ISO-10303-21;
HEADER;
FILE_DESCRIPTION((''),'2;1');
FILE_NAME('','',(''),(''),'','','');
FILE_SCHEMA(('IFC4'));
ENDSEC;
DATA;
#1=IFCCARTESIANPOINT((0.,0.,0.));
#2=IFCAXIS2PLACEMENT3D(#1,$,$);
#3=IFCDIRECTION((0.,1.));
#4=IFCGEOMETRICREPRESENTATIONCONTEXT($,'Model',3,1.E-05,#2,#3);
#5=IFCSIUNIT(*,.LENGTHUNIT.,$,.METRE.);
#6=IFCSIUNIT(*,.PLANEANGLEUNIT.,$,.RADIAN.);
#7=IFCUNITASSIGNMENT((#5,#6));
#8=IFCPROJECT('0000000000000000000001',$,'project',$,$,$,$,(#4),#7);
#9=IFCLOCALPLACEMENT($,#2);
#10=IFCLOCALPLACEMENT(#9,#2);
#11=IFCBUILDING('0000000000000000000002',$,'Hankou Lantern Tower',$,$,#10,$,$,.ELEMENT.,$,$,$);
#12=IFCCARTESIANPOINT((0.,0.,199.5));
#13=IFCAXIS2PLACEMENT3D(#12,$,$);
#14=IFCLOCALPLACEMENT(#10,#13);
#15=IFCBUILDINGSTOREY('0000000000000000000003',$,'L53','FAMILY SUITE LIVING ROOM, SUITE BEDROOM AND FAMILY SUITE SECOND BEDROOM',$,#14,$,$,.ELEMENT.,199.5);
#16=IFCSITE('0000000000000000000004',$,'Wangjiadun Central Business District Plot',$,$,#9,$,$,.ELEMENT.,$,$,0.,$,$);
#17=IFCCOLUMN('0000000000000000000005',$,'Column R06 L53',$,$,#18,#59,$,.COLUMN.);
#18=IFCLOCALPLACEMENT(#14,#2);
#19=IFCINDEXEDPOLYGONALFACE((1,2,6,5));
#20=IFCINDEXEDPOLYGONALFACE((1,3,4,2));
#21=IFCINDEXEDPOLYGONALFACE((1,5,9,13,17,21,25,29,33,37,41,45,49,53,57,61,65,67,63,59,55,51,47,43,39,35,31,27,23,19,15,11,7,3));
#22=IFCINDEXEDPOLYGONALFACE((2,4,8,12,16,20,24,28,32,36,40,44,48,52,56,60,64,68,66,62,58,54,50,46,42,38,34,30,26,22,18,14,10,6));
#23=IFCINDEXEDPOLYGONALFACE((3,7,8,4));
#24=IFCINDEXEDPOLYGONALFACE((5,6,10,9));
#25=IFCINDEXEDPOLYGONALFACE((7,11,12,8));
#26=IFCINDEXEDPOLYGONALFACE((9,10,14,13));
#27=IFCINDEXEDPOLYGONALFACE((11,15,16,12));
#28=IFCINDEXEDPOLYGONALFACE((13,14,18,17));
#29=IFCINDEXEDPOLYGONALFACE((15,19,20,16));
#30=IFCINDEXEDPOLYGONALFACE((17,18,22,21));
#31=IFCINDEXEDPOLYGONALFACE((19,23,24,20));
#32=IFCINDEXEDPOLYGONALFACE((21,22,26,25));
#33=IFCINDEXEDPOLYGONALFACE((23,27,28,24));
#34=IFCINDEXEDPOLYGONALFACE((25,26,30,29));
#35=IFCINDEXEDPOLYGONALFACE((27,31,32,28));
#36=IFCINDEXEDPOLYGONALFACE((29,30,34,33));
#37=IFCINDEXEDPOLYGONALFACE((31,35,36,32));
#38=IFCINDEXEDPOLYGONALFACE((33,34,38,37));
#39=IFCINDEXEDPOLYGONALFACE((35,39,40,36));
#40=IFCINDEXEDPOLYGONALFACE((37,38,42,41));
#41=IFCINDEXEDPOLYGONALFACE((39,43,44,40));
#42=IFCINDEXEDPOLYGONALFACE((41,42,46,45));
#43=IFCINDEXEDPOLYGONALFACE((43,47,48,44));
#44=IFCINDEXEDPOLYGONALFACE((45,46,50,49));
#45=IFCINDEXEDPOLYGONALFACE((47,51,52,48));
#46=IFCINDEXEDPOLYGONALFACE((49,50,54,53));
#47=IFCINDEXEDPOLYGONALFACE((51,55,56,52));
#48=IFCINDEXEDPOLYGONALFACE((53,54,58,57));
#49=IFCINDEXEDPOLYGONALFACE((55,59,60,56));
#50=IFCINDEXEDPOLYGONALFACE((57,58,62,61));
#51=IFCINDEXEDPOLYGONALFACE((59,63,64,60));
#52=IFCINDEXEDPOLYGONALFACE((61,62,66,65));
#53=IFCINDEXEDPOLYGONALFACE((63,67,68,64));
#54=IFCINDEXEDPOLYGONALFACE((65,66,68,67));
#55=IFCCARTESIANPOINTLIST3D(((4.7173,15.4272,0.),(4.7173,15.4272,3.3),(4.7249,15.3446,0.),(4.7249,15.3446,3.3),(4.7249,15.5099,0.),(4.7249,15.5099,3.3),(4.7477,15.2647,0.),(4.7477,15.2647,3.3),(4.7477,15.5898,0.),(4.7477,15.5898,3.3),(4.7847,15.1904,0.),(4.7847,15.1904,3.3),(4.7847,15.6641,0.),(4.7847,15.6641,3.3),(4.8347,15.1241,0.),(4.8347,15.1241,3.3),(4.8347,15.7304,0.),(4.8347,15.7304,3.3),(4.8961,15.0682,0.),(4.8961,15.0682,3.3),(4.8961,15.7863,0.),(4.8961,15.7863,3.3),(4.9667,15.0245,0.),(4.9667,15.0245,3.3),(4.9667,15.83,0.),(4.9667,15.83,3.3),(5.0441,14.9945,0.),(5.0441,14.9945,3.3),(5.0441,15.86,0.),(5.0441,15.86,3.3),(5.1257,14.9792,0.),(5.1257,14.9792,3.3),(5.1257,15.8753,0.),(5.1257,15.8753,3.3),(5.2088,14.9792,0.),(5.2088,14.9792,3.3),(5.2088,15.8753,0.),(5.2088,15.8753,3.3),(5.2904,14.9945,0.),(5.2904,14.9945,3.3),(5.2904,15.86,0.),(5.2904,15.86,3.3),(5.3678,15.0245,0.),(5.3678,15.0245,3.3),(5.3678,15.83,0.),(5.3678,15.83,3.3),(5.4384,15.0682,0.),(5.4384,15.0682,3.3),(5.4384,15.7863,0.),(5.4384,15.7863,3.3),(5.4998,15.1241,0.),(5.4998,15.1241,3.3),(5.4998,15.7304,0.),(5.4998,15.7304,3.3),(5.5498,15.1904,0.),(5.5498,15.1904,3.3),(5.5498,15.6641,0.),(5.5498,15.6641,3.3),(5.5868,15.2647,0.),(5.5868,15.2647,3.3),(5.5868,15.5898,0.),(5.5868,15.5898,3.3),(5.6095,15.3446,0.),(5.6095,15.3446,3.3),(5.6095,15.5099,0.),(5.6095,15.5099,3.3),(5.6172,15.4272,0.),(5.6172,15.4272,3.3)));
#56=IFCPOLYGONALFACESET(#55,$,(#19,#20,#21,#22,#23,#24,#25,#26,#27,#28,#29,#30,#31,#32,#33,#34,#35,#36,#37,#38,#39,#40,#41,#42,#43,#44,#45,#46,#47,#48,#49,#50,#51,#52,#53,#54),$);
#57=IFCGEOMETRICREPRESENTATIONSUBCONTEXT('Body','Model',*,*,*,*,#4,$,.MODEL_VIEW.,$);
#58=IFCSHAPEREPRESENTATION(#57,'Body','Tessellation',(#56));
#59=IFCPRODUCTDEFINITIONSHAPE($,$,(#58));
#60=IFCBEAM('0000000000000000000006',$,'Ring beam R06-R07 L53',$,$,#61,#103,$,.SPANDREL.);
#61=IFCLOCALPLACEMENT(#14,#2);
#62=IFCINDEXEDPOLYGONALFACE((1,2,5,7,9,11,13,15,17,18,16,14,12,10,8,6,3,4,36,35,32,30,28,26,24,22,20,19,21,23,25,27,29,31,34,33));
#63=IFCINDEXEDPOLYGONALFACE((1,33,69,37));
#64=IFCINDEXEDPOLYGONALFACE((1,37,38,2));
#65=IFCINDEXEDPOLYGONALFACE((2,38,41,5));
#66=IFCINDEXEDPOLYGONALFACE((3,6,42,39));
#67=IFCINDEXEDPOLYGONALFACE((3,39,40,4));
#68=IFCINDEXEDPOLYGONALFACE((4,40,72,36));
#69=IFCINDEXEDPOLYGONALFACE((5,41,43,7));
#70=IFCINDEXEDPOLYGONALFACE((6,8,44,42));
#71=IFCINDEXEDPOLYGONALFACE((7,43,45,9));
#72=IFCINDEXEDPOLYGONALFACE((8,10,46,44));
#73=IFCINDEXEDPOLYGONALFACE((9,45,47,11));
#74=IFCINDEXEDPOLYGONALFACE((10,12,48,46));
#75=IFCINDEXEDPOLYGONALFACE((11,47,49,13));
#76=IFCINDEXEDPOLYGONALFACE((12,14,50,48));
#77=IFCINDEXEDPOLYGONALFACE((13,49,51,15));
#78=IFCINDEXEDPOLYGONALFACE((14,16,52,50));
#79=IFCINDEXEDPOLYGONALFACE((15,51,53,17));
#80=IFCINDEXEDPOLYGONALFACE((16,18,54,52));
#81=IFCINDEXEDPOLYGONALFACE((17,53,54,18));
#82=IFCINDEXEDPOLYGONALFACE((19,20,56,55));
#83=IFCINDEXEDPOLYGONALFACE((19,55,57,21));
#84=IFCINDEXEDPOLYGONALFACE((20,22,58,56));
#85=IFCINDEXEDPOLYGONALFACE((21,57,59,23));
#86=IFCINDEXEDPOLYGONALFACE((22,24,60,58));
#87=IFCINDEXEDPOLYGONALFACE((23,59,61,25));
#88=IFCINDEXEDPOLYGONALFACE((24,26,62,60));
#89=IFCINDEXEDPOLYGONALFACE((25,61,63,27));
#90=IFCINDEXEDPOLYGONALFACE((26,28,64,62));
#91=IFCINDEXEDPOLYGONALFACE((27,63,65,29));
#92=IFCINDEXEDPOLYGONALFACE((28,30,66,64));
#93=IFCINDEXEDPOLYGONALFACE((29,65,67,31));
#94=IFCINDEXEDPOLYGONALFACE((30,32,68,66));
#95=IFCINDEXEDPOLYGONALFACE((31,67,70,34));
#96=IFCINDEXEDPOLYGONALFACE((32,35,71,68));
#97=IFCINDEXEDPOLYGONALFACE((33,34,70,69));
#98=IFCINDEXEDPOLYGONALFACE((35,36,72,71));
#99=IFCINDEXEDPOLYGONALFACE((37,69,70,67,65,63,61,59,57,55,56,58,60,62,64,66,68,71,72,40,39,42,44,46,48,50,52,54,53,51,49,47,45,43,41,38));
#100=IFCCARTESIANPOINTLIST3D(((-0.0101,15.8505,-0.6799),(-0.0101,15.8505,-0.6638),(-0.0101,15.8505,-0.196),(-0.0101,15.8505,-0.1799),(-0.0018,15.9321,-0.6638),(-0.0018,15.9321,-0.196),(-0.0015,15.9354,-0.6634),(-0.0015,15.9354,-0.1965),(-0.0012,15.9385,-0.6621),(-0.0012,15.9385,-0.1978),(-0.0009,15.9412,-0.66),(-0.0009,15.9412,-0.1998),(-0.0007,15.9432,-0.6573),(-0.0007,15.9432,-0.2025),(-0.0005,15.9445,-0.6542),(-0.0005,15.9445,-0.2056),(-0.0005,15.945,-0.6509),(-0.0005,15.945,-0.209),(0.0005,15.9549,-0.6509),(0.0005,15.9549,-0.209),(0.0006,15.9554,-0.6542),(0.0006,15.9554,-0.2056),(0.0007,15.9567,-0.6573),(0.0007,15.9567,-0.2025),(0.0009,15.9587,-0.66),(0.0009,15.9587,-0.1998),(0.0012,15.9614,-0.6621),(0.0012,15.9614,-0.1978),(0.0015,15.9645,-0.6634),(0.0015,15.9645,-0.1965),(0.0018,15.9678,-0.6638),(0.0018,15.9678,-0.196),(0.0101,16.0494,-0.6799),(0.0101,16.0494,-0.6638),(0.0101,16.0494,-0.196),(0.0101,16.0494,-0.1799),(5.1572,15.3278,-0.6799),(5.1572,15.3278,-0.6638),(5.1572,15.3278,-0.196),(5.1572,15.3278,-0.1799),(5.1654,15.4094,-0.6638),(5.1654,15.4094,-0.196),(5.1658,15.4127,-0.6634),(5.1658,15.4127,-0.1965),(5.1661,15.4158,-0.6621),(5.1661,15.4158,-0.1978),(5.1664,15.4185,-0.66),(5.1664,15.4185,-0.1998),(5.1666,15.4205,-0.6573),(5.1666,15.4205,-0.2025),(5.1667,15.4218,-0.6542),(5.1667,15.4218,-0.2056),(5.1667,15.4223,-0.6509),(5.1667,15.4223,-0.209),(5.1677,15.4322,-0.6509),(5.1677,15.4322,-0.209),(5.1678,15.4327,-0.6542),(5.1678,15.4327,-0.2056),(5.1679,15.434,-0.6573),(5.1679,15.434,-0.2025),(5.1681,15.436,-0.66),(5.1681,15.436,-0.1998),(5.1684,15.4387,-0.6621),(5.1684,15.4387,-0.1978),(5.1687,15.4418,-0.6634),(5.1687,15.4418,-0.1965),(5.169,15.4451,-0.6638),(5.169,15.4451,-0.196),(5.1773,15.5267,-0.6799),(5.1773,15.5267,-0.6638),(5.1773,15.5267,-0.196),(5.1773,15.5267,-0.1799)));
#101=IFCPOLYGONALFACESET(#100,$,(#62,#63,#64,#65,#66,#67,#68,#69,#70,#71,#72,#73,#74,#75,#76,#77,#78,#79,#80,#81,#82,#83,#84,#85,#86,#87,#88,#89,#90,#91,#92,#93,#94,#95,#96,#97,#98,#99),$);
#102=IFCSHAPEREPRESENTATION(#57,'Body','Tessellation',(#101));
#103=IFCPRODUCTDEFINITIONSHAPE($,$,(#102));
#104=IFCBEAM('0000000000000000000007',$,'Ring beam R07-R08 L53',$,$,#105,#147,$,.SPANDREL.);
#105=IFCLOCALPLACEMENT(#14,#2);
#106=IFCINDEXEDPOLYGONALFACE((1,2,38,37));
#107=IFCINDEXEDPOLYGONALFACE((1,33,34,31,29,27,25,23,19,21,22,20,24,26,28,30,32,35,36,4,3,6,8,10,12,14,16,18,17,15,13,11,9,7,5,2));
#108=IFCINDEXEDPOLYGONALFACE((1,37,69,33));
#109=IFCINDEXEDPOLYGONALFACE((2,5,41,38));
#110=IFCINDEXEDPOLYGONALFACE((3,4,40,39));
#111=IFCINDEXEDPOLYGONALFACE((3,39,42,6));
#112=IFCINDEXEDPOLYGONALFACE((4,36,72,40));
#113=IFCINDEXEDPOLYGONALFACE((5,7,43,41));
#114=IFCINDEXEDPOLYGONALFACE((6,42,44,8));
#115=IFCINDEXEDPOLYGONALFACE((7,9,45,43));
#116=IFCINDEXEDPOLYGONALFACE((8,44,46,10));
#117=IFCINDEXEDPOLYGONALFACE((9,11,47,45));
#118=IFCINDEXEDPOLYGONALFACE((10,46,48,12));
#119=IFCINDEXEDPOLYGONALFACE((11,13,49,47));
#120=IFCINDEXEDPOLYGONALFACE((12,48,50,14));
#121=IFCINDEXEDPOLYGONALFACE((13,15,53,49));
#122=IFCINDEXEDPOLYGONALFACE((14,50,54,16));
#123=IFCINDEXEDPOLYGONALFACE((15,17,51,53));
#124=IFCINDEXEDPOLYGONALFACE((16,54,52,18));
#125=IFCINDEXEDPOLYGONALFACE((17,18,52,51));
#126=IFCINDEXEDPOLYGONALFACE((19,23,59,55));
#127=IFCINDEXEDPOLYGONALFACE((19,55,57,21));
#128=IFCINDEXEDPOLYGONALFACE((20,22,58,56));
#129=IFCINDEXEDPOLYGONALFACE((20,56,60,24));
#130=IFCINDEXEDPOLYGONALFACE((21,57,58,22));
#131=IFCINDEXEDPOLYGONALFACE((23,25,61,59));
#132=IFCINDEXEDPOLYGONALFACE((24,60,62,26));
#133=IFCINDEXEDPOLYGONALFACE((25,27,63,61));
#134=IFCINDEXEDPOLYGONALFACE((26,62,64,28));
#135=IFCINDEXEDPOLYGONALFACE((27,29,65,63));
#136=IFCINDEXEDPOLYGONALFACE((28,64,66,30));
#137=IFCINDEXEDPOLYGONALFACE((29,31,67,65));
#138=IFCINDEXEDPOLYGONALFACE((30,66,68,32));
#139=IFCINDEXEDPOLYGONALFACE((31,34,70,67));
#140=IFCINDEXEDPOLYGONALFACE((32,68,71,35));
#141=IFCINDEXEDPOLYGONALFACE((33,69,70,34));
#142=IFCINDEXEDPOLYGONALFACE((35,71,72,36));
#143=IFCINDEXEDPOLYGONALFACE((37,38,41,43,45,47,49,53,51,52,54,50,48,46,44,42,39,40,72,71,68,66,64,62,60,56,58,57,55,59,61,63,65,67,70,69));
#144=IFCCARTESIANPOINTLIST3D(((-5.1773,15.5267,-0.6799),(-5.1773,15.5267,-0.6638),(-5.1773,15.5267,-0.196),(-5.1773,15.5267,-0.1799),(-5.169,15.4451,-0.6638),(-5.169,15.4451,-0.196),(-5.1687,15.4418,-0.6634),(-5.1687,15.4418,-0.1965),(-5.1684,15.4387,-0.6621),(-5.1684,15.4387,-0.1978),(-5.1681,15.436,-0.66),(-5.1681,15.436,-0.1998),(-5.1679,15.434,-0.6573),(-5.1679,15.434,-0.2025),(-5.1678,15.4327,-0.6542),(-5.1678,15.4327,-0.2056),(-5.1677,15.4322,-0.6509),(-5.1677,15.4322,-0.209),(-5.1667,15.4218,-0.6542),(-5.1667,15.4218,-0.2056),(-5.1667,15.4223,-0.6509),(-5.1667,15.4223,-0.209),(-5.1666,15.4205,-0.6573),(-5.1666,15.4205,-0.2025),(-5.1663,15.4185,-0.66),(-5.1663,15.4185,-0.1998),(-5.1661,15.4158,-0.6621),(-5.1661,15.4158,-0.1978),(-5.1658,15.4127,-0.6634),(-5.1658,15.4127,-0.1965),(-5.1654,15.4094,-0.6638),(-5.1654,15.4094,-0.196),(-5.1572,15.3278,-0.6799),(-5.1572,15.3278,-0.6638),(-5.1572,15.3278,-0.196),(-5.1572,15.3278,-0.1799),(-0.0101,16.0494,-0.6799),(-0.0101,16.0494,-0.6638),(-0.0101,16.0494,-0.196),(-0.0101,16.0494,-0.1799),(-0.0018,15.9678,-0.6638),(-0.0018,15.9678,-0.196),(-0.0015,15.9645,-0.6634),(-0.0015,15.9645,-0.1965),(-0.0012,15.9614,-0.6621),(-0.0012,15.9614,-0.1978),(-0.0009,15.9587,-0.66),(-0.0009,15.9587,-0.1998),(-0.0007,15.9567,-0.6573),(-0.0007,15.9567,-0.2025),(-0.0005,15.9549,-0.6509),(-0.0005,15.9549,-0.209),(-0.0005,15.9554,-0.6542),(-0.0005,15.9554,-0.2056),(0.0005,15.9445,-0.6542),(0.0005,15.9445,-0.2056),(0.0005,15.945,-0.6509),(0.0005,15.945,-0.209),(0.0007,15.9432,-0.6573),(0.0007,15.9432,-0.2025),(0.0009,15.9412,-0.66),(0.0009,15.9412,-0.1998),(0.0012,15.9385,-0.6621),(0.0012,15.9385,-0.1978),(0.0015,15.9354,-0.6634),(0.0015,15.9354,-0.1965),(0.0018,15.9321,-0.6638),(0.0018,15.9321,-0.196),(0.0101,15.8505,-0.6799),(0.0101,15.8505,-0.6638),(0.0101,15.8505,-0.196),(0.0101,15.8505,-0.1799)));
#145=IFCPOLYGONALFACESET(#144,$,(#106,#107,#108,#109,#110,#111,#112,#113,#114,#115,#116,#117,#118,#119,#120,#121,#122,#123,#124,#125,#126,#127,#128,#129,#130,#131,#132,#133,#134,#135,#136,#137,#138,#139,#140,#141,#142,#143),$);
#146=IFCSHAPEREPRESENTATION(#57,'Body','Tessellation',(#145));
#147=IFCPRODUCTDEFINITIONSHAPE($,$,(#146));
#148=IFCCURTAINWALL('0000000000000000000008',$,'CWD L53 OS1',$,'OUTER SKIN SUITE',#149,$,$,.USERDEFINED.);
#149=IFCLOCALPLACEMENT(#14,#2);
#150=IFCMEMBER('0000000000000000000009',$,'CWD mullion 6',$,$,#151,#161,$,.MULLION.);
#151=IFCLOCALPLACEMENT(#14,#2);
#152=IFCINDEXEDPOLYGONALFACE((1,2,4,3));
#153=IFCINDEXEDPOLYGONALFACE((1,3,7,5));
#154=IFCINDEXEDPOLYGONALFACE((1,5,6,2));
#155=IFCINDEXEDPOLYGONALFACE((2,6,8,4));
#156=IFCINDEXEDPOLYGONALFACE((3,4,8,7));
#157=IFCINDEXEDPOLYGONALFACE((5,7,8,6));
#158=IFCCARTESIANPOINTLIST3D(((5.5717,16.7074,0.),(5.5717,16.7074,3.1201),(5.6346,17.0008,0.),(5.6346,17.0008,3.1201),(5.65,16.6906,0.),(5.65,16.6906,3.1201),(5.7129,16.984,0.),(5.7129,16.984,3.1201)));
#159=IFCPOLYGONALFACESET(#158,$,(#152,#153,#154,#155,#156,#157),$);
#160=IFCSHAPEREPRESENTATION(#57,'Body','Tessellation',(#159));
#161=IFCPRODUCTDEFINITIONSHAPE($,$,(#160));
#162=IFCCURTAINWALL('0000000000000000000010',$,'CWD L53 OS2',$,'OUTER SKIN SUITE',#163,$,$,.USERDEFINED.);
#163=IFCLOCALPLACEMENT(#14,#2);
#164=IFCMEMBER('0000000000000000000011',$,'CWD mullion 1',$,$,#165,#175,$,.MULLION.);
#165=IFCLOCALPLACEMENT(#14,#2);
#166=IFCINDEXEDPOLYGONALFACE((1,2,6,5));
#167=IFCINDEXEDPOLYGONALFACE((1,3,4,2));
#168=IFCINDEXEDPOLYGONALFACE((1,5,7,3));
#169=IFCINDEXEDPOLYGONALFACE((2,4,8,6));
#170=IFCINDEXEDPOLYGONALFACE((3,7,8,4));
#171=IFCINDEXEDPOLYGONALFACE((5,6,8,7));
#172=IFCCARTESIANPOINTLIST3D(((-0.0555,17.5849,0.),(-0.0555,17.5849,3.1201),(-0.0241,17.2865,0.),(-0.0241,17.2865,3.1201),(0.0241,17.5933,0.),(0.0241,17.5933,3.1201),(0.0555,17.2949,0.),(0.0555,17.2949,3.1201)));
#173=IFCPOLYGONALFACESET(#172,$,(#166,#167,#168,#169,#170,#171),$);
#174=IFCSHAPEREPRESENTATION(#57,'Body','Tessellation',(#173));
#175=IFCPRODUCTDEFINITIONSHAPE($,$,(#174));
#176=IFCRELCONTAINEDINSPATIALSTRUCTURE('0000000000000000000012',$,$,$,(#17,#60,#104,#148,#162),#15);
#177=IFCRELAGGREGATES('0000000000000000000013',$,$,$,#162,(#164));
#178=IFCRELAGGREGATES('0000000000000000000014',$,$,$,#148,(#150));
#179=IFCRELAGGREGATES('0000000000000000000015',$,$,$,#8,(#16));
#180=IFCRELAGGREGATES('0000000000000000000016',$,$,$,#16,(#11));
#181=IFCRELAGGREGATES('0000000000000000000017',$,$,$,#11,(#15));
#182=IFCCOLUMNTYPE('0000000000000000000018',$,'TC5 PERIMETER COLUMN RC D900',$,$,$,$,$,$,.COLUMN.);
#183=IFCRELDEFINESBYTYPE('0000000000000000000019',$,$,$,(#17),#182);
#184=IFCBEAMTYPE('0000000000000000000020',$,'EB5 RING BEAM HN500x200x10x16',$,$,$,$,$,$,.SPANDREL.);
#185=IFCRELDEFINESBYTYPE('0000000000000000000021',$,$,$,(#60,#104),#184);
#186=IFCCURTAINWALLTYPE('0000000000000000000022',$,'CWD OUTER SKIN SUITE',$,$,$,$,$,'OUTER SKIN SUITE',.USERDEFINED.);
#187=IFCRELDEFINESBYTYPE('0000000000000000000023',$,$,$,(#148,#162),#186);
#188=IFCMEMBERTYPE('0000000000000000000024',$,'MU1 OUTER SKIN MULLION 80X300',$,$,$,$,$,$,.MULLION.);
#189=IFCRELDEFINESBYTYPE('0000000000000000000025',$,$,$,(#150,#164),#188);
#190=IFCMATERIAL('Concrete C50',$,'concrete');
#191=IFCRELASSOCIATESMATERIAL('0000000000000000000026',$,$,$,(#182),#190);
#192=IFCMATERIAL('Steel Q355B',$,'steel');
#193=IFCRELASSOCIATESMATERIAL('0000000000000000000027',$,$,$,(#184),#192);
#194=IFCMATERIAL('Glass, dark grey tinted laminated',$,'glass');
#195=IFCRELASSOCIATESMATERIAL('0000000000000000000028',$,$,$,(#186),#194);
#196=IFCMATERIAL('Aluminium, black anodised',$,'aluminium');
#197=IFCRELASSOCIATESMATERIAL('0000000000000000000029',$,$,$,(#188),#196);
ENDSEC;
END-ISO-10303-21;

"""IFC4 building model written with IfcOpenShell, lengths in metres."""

from ifc_helpers import new_model, si_unit, direction, frame, origin, origin_2d, place, context, subcontext, project, spatial, rectangle, circle, i_section, extrude, material, material_profile, profile_set, type_object, element, aggregate, save


model = new_model("IFC4")

# Units and contexts
model_context = context("Model", 3, precision=1e-05, world=origin(), true_north=direction((0.0, 1.0)))
body_context = subcontext(model_context, "Body", "Model", "MODEL_VIEW")
ifc_project = project(units=[si_unit("LENGTHUNIT", "METRE"), si_unit("PLANEANGLEUNIT", "RADIAN")], contexts=[model_context])

# Site, building, storey
site_placement = place(None, origin())
site = spatial("IfcSite", under=ifc_project, at=site_placement, Name="Wangjiadun Central Business District Plot", CompositionType="ELEMENT", RefElevation=0.0)
building_placement = place(site_placement, origin())
building = spatial("IfcBuilding", under=site, at=building_placement, Name="Hankou Lantern Tower", CompositionType="ELEMENT")
storey_placement = place(building_placement, frame((0.0, 0.0, 199.5)))
storey = spatial("IfcBuildingStorey", under=building, at=storey_placement, Name="L53", Description="FAMILY SUITE LIVING ROOM, SUITE BEDROOM AND FAMILY SUITE SECOND BEDROOM", CompositionType="ELEMENT", Elevation=199.5)

# Column
ifc_material_1 = material(Name="Concrete C50", Category="concrete")
ifc_material_profile_1 = material_profile(ifc_material_1, circle(Radius=0.45, at=origin_2d()), Name="RC D900")
ifc_profile_set_1 = profile_set([ifc_material_profile_1], Name="Concrete C50")
column_type = type_object("IfcColumnType", Name="TC5 PERIMETER COLUMN RC D900", PredefinedType="COLUMN", material=ifc_profile_set_1)
column_placement = place(storey_placement, frame((5.1672, 15.4272, 0.0), z_axis=(0.0, 0.0, 1.0), x_axis=(1.0, 0.0, 0.0)))
element("IfcColumn", 1, at=column_placement, inside=storey, type_object=column_type, Name="Column R06 L53", PredefinedType="COLUMN", context=body_context, shape_type="SweptSolid", body=[
    extrude(circle(Radius=0.45, at=origin_2d()), origin(), (0.0, 0.0, 1.0), 3.3),
])

# Beams
ifc_material_2 = material(Name="Steel Q355B", Category="steel")
ifc_material_profile_2 = material_profile(ifc_material_2, i_section(OverallWidth=0.2, OverallDepth=0.5, WebThickness=0.01, FlangeThickness=0.0161, FilletRadius=0.0129, at=origin_2d()), Name="HN500x200x10x16")
ifc_profile_set_2 = profile_set([ifc_material_profile_2], Name="Steel Q355B")
beam_type_1 = type_object("IfcBeamType", Name="EB5 RING BEAM HN500x200x10x16", PredefinedType="SPANDREL", material=ifc_profile_set_2)
for number, where, z_axis, x_axis, name in (
    (2, (5.1672, 15.4272, -0.4299), (-0.994923, 0.100644, 0.0), (-0.100644, -0.994923, 0.0), "Ring beam R06-R07 L53"),
    (3, (0.0, 15.95, -0.4299), (-0.994923, -0.100644, 0.0), (0.100644, -0.994923, 0.0), "Ring beam R07-R08 L53"),
):
    element("IfcBeam", number, at=place(storey_placement, frame(where, z_axis=z_axis, x_axis=x_axis)), inside=storey, type_object=beam_type_1, Name=name, PredefinedType="SPANDREL", context=body_context, shape_type="SweptSolid", body=[
        extrude(i_section(OverallWidth=0.2, OverallDepth=0.5, WebThickness=0.01, FlangeThickness=0.0161, FilletRadius=0.0129, at=origin_2d()), origin(), (0.0, 0.0, 1.0), 5.1936),
    ])

# Curtain walls, members
ifc_material_3 = material(Name="Glass, dark grey tinted laminated", Category="glass")
curtain_wall_type = type_object("IfcCurtainWallType", Name="CWD OUTER SKIN SUITE", ElementType="OUTER SKIN SUITE", PredefinedType="USERDEFINED", material=ifc_material_3)
curtain_wall_1_placement = place(storey_placement, origin())
curtain_wall_1 = element("IfcCurtainWall", 4, at=curtain_wall_1_placement, inside=storey, type_object=curtain_wall_type, Name="CWD L53 OS1", ObjectType="OUTER SKIN SUITE", PredefinedType="USERDEFINED")
ifc_material_4 = material(Name="Aluminium, black anodised", Category="aluminium")
ifc_material_profile_3 = material_profile(ifc_material_4, rectangle(XDim=0.0801, YDim=0.3, at=origin_2d()), Name="MU1 80X300")
ifc_profile_set_3 = profile_set([ifc_material_profile_3], Name="Aluminium, black anodised")
member_type_1 = type_object("IfcMemberType", Name="MU1 OUTER SKIN MULLION 80X300", PredefinedType="MULLION", material=ifc_profile_set_3)
member_1_placement = place(storey_placement, frame((5.6423, 16.8457, 0.0), z_axis=(0.0, 0.0, 1.0), x_axis=(-0.977788, 0.209598, 0.0)))
member_1 = element("IfcMember", 5, at=member_1_placement, type_object=member_type_1, Name="CWD mullion 6", PredefinedType="MULLION", context=body_context, shape_type="SweptSolid", body=[
    extrude(rectangle(XDim=0.0801, YDim=0.3, at=origin_2d()), origin(), (0.0, 0.0, 1.0), 3.1201),
])
curtain_wall_2_placement = place(storey_placement, origin())
curtain_wall_2 = element("IfcCurtainWall", 6, at=curtain_wall_2_placement, inside=storey, type_object=curtain_wall_type, Name="CWD L53 OS2", ObjectType="OUTER SKIN SUITE", PredefinedType="USERDEFINED")
member_2_placement = place(storey_placement, frame((0.0, 17.4399, 0.0), z_axis=(0.0, 0.0, 1.0), x_axis=(-0.994499, -0.104743, 0.0)))
member_2 = element("IfcMember", 7, at=member_2_placement, type_object=member_type_1, Name="CWD mullion 1", PredefinedType="MULLION", context=body_context, shape_type="SweptSolid", body=[
    extrude(rectangle(XDim=0.0801, YDim=0.3, at=origin_2d()), origin(), (0.0, 0.0, 1.0), 3.1201),
])
aggregate(curtain_wall_2, [member_2])

aggregate(curtain_wall_1, [member_1])

save(model, "model.ifc")
